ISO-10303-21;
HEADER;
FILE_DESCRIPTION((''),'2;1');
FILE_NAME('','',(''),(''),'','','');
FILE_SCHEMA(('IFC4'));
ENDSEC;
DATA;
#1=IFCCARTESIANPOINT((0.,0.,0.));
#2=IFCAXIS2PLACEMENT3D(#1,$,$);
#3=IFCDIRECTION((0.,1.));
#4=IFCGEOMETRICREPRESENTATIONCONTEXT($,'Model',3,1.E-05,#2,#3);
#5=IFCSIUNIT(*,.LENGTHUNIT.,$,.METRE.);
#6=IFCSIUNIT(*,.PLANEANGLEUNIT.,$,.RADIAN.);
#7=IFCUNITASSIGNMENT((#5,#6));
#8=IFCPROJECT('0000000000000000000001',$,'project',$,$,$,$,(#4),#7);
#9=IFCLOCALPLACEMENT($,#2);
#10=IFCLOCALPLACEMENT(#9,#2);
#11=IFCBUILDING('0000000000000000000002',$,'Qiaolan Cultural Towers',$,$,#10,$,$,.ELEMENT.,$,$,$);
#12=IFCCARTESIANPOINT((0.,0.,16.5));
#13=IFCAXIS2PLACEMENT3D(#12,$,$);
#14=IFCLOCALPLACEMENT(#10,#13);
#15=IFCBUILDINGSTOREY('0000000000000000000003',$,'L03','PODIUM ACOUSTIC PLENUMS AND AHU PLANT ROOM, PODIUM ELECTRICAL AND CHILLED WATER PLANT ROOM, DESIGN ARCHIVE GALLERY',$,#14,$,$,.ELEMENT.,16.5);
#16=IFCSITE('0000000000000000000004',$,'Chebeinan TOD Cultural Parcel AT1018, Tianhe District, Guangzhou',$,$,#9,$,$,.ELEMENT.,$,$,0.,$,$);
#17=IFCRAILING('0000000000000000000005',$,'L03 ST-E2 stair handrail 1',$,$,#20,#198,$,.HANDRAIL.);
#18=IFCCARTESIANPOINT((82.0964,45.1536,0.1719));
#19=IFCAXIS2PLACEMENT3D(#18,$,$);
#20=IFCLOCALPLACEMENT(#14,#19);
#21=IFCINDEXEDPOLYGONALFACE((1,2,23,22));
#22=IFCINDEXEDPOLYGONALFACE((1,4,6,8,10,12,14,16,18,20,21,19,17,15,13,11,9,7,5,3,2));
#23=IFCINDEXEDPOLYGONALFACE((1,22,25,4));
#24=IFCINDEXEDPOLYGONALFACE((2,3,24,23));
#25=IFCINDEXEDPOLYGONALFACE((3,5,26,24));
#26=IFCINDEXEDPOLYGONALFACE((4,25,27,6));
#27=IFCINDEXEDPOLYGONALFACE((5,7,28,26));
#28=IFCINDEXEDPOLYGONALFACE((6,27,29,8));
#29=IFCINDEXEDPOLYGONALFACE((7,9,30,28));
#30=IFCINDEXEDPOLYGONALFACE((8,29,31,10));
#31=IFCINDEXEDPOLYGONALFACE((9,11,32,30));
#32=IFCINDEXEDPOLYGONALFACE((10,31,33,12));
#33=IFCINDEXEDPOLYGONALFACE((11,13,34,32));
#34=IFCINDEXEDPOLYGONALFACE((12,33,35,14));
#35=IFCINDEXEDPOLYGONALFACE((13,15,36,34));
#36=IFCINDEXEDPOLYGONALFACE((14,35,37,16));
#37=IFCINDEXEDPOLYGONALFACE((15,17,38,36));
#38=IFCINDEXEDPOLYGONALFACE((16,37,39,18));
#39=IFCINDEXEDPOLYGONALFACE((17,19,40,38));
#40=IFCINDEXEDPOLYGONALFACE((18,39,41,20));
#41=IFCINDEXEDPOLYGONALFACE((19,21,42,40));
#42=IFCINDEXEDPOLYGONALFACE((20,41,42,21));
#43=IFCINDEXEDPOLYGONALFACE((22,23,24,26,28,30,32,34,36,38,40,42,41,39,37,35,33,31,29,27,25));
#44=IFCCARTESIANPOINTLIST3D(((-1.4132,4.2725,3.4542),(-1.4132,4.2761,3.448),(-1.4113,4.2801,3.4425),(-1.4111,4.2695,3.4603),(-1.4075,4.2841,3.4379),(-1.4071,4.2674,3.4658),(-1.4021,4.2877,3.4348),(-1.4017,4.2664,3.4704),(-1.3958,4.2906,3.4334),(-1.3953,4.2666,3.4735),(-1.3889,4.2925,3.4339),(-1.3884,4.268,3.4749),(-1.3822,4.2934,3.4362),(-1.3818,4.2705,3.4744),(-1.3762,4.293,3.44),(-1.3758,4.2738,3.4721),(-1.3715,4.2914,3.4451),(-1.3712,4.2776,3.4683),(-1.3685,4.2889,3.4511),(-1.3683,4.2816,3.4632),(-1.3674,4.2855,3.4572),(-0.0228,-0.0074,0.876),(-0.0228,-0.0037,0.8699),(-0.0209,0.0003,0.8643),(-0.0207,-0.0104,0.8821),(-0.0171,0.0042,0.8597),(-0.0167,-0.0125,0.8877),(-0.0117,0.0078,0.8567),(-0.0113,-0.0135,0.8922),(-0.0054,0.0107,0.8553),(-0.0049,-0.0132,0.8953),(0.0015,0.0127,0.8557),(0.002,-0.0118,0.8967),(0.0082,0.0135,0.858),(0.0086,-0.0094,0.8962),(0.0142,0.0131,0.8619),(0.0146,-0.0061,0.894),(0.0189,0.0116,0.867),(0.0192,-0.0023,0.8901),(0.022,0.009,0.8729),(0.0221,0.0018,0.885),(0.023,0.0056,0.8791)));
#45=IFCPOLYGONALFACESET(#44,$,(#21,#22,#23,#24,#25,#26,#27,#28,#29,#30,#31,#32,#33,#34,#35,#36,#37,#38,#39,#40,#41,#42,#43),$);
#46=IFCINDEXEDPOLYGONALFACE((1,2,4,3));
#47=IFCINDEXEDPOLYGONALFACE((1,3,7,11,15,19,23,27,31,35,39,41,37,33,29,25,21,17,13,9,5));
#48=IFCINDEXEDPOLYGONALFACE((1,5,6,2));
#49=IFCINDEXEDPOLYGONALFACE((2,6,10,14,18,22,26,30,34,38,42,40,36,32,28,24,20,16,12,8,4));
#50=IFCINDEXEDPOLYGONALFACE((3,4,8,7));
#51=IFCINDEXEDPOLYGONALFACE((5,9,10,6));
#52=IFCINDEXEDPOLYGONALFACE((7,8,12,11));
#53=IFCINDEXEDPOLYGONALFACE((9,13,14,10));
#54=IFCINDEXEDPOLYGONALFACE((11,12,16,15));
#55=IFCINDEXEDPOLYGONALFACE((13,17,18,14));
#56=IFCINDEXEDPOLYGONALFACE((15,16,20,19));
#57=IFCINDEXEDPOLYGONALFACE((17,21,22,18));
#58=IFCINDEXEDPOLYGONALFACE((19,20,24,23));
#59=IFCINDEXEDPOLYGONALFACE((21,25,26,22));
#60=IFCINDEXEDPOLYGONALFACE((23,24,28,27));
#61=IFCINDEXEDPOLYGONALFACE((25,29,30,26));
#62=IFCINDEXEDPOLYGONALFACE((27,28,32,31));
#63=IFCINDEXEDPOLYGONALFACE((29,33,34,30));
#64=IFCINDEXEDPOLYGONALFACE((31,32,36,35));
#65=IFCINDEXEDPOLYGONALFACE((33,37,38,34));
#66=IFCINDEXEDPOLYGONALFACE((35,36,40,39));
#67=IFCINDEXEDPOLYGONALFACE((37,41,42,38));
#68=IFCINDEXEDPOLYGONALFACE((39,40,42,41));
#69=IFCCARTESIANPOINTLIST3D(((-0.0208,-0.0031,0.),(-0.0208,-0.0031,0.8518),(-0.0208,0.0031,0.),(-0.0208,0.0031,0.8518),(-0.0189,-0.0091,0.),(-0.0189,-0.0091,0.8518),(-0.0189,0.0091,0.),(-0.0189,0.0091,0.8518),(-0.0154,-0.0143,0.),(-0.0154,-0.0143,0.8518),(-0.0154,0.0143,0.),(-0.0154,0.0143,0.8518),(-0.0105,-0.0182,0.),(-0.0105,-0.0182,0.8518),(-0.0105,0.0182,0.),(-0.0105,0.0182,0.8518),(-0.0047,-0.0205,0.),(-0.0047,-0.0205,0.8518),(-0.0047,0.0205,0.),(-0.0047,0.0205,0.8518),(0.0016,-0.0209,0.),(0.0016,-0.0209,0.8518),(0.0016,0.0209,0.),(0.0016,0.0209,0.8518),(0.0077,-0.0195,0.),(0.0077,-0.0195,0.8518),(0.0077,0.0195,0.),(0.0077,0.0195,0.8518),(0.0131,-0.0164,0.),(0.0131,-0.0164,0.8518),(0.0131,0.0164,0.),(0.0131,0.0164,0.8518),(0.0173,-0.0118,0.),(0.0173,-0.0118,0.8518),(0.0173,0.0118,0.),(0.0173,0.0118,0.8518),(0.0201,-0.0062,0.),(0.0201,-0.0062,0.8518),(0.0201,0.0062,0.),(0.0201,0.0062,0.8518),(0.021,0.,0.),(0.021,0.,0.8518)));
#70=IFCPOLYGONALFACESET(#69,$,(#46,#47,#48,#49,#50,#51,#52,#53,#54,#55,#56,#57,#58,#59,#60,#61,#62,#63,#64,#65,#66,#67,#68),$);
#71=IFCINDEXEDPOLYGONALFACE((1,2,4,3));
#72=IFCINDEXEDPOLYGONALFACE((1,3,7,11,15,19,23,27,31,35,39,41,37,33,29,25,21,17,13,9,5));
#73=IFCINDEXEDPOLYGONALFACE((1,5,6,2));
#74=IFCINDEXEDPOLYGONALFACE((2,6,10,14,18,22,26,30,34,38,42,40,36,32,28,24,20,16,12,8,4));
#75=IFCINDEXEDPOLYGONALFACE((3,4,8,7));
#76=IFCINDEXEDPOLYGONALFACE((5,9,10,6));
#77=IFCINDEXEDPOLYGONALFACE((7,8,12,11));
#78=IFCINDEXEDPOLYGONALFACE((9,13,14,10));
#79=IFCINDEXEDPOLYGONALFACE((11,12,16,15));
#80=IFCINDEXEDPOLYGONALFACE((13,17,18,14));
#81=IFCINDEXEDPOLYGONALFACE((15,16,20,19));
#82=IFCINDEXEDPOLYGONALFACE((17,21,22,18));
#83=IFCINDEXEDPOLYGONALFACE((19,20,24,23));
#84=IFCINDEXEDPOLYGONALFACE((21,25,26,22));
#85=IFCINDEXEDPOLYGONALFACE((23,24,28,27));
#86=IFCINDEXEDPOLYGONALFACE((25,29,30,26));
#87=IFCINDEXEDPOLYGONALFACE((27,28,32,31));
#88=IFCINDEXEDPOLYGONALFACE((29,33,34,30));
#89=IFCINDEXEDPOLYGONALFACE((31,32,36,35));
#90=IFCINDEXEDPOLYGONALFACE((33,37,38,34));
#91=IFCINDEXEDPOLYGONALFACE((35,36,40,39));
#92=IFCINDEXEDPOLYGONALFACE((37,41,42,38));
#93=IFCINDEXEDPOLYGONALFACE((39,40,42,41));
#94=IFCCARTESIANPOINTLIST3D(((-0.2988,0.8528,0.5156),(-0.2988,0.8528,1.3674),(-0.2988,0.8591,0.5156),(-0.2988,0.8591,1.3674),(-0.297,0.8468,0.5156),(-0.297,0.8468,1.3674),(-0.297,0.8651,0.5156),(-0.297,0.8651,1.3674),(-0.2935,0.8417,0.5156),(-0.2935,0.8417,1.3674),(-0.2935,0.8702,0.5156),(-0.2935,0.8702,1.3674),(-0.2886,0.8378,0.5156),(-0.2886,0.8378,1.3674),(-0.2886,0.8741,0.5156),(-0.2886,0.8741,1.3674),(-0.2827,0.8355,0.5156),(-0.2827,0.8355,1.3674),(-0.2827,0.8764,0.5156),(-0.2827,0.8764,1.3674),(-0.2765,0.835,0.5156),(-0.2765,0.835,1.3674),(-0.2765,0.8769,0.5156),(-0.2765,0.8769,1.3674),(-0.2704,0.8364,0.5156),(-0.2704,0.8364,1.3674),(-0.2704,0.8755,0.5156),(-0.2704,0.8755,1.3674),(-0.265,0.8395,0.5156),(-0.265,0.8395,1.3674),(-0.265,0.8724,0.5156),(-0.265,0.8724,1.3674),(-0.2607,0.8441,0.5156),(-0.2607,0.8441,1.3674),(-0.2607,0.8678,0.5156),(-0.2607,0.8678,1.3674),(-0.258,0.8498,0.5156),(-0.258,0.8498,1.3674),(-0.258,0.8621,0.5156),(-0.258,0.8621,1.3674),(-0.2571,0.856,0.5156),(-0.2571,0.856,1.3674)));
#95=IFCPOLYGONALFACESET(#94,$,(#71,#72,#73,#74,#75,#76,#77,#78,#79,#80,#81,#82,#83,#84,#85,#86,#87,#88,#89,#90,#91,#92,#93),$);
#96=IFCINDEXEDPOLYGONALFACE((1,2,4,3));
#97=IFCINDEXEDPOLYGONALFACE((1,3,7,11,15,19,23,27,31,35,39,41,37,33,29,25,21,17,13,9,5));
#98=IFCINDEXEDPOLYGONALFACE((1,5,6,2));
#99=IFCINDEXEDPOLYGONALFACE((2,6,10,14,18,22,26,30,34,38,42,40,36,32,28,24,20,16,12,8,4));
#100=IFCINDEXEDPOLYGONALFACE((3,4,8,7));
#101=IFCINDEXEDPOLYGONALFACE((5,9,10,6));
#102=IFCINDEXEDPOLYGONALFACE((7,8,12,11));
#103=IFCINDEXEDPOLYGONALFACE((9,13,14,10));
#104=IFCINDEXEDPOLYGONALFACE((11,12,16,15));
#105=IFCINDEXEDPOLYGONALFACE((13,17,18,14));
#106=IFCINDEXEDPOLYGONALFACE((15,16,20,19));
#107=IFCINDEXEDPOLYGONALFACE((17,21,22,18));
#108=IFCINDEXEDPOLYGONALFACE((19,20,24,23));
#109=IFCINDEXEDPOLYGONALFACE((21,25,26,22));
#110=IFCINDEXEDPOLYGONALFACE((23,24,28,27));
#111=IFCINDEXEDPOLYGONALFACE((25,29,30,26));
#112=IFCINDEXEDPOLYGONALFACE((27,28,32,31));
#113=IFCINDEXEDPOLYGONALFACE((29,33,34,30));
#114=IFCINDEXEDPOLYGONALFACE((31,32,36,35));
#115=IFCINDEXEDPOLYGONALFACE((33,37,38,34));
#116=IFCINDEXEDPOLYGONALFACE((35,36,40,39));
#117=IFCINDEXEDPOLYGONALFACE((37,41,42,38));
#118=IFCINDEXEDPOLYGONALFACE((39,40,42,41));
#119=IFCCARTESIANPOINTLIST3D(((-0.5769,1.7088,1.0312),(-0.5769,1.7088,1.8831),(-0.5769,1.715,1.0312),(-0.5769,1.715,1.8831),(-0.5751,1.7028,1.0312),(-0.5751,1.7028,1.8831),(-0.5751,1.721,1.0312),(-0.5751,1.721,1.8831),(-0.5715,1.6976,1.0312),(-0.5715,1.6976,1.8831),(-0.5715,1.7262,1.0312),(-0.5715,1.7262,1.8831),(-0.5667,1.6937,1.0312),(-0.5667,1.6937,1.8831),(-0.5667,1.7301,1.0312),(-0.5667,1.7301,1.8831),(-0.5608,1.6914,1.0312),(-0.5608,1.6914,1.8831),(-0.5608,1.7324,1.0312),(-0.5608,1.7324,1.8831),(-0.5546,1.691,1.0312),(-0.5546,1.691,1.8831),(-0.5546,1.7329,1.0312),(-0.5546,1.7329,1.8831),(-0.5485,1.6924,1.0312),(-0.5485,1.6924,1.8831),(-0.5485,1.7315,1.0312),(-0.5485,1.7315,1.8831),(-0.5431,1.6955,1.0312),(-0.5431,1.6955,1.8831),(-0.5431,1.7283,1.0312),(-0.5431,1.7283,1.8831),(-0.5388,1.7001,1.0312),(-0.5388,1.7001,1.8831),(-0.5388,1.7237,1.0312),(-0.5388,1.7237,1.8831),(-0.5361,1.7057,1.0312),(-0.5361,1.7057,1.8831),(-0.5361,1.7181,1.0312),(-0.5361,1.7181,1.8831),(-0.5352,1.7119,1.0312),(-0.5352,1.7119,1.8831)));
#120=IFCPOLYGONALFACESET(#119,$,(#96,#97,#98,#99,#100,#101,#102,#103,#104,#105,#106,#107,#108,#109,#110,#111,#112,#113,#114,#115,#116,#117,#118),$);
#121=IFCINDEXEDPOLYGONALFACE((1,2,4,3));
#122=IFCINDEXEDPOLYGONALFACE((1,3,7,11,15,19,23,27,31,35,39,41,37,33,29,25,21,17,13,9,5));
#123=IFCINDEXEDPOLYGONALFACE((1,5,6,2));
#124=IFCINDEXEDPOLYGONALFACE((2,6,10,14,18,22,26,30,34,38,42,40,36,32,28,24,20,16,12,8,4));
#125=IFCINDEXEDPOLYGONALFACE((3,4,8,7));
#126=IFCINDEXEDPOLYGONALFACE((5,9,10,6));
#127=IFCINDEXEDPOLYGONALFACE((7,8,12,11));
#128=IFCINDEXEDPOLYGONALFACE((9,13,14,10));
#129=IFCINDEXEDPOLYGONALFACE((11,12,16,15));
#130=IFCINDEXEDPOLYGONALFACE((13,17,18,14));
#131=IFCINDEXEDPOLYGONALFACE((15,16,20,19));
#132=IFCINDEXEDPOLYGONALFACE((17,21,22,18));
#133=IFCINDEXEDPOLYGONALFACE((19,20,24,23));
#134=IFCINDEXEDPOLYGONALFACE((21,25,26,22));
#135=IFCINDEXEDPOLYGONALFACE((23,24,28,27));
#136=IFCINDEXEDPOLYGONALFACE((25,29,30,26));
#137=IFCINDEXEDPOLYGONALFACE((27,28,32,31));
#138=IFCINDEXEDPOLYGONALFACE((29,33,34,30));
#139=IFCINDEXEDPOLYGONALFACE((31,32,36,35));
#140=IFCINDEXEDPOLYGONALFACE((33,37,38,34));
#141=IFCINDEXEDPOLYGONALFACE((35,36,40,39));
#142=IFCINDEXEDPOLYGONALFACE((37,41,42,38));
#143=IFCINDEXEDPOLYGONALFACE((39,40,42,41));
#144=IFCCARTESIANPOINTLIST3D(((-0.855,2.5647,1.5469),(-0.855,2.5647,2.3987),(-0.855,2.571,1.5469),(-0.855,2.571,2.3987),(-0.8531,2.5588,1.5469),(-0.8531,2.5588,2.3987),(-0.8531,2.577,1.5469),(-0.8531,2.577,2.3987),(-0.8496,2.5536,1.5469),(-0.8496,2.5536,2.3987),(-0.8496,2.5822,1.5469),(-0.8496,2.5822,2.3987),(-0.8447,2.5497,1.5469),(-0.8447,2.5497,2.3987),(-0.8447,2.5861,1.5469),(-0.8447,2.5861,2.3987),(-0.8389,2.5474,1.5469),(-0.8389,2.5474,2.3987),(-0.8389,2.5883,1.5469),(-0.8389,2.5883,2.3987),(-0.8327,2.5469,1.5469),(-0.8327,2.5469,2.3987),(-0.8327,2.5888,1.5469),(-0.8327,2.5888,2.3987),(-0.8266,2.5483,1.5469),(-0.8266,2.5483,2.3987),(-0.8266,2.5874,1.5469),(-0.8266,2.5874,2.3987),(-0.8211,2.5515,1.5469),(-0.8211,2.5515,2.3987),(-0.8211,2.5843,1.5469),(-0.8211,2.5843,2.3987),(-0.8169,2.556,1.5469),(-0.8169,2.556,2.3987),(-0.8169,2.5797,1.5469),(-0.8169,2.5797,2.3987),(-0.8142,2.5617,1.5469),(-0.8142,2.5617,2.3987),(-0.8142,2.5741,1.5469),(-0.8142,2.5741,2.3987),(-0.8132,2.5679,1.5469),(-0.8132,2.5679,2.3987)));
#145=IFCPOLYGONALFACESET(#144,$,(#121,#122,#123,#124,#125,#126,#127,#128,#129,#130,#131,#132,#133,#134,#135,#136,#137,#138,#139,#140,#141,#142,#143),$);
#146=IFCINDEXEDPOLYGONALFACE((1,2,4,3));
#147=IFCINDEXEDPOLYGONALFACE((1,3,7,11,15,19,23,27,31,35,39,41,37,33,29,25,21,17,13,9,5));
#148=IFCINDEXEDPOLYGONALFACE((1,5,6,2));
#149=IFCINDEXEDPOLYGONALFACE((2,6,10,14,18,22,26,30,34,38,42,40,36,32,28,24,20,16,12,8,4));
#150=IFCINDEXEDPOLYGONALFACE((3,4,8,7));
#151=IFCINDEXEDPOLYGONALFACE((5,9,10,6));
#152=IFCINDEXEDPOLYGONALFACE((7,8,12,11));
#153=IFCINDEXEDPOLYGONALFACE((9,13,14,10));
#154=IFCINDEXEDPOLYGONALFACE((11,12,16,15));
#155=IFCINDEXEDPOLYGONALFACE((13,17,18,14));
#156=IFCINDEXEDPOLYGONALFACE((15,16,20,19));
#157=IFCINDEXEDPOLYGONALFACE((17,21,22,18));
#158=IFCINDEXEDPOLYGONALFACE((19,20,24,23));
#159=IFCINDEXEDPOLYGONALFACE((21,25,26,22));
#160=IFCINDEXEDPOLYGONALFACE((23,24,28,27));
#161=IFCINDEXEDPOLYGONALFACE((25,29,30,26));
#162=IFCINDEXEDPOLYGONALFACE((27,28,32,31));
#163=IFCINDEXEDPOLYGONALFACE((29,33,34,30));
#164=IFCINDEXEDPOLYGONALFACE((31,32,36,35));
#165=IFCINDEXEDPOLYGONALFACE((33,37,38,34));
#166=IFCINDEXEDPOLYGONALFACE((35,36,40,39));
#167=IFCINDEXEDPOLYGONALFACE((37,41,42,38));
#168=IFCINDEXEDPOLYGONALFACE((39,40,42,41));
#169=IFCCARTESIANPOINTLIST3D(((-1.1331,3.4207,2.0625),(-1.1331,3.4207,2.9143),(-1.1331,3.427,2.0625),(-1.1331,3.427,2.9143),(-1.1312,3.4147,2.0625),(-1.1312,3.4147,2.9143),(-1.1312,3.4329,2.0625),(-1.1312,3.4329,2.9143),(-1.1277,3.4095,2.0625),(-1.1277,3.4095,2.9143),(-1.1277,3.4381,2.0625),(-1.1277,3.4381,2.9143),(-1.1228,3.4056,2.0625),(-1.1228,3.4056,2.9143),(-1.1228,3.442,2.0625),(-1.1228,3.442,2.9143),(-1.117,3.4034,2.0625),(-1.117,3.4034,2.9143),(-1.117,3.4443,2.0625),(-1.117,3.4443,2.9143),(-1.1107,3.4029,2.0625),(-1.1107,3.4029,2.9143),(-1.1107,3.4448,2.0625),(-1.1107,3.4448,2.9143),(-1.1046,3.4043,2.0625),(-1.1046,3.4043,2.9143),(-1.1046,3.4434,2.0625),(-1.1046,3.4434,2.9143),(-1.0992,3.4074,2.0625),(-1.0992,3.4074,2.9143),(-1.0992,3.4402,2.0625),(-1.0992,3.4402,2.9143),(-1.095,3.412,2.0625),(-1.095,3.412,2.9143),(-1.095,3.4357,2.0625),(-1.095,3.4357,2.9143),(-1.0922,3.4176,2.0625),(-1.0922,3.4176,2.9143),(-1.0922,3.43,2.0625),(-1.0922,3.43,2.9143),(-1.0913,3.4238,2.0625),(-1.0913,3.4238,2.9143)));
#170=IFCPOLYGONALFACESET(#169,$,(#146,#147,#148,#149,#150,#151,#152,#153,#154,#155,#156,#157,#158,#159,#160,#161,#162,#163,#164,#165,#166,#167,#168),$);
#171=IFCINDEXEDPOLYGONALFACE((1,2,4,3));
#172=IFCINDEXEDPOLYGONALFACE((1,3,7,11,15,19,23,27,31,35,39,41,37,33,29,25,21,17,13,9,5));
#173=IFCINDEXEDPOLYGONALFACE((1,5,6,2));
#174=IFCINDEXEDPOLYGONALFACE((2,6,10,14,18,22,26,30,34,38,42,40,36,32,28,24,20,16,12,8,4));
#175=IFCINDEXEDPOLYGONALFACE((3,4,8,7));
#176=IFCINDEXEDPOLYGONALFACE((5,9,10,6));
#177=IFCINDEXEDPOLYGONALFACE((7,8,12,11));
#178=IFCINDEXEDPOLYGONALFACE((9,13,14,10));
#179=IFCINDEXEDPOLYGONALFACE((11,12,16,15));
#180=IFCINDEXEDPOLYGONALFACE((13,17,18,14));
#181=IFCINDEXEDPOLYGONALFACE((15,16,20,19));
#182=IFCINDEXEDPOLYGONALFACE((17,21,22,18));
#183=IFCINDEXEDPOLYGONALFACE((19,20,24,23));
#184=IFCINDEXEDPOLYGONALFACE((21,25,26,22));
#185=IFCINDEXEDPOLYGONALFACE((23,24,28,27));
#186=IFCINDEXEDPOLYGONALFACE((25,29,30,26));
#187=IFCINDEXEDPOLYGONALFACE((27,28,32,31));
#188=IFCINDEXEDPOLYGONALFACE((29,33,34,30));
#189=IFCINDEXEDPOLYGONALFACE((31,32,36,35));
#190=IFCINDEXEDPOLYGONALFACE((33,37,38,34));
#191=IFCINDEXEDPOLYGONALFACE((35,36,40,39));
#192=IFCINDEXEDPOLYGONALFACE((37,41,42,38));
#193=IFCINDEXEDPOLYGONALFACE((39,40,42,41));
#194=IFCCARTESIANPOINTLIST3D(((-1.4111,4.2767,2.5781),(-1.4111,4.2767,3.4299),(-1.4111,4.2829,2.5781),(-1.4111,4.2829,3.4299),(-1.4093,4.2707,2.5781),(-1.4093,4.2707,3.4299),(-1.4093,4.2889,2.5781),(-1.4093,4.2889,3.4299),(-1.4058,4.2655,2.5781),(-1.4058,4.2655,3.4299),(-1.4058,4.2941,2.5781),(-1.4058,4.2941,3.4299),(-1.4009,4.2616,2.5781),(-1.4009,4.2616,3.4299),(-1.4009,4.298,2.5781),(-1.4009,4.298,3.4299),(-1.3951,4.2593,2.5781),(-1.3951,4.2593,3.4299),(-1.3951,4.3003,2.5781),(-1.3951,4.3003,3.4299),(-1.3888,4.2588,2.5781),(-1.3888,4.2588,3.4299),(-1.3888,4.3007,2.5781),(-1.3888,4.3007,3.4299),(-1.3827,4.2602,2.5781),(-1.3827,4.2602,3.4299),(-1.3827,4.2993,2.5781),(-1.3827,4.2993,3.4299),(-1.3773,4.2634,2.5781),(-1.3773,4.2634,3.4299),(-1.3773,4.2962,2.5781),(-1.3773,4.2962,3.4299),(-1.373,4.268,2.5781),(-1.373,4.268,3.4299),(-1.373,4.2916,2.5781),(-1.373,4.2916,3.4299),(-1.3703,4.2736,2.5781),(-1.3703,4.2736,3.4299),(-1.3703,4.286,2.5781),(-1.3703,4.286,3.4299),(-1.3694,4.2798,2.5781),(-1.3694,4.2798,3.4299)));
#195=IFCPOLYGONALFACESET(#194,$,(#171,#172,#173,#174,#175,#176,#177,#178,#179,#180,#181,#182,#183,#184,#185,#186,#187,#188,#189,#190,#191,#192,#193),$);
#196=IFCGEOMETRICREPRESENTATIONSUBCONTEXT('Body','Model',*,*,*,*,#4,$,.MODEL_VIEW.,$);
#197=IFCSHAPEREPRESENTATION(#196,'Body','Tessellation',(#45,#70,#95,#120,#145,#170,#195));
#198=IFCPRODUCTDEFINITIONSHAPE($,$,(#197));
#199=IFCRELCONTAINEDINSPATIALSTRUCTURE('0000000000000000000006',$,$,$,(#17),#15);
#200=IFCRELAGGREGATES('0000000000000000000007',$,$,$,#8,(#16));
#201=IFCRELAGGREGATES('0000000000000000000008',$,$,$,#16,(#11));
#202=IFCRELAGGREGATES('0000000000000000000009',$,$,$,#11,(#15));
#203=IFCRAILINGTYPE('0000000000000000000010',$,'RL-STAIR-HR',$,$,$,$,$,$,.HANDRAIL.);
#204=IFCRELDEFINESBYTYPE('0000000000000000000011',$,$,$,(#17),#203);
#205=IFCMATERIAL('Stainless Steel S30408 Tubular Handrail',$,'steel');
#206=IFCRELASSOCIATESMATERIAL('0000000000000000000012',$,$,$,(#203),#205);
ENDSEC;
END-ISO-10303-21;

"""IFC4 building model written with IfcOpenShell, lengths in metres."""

from ifc_helpers import new_model, si_unit, direction, frame, origin, origin_2d, place, context, subcontext, project, spatial, circle, extrude, material, type_object, element, save


model = new_model("IFC4")

# Units and contexts
model_context = context("Model", 3, precision=1e-05, world=origin(), true_north=direction((0.0, 1.0)))
body_context = subcontext(model_context, "Body", "Model", "MODEL_VIEW")
ifc_project = project(units=[si_unit("LENGTHUNIT", "METRE"), si_unit("PLANEANGLEUNIT", "RADIAN")], contexts=[model_context])

# Site, building, storey
site_placement = place(None, origin())
site = spatial("IfcSite", under=ifc_project, at=site_placement, Name="Chebeinan TOD Cultural Parcel AT1018, Tianhe District, Guangzhou", CompositionType="ELEMENT", RefElevation=0.0)
building_placement = place(site_placement, origin())
building = spatial("IfcBuilding", under=site, at=building_placement, Name="Qiaolan Cultural Towers", CompositionType="ELEMENT")
storey_placement = place(building_placement, frame((0.0, 0.0, 16.5)))
storey = spatial("IfcBuildingStorey", under=building, at=storey_placement, Name="L03", Description="PODIUM ACOUSTIC PLENUMS AND AHU PLANT ROOM, PODIUM ELECTRICAL AND CHILLED WATER PLANT ROOM, DESIGN ARCHIVE GALLERY", CompositionType="ELEMENT", Elevation=16.5)

# Railing
ifc_material_1 = material(Name="Stainless Steel S30408 Tubular Handrail", Category="steel")
railing_type_1 = type_object("IfcRailingType", Name="RL-STAIR-HR", PredefinedType="HANDRAIL", material=ifc_material_1)
railing_1_placement = place(storey_placement, frame((82.0964, 45.1536, 0.1719)))
element("IfcRailing", 1, at=railing_1_placement, inside=storey, type_object=railing_type_1, Name="L03 ST-E2 stair handrail 1", PredefinedType="HANDRAIL", context=body_context, shape_type="SweptSolid", body=[
    extrude(circle(Radius=0.0239, at=origin_2d()), frame((0.0, 0.0, 0.876), z_axis=(-0.268094, 0.825229, 0.497115), x_axis=(-0.95107, -0.308976, 0.0)), (0.0, 0.0, 1.0), 5.1863),
    extrude(circle(Radius=0.021, at=origin_2d()), origin(), (0.0, 0.0, 1.0), 0.8518),
    extrude(circle(Radius=0.021, at=origin_2d()), frame((-0.2781, 0.856, 0.5156)), (0.0, 0.0, 1.0), 0.8518),
    extrude(circle(Radius=0.021, at=origin_2d()), frame((-0.5562, 1.7119, 1.0312)), (0.0, 0.0, 1.0), 0.8518),
    extrude(circle(Radius=0.021, at=origin_2d()), frame((-0.8342, 2.5679, 1.5469)), (0.0, 0.0, 1.0), 0.8518),
    extrude(circle(Radius=0.021, at=origin_2d()), frame((-1.1123, 3.4238, 2.0625)), (0.0, 0.0, 1.0), 0.8518),
    extrude(circle(Radius=0.021, at=origin_2d()), frame((-1.3904, 4.2798, 2.5781)), (0.0, 0.0, 1.0), 0.8518),
])

save(model, "model.ifc")
